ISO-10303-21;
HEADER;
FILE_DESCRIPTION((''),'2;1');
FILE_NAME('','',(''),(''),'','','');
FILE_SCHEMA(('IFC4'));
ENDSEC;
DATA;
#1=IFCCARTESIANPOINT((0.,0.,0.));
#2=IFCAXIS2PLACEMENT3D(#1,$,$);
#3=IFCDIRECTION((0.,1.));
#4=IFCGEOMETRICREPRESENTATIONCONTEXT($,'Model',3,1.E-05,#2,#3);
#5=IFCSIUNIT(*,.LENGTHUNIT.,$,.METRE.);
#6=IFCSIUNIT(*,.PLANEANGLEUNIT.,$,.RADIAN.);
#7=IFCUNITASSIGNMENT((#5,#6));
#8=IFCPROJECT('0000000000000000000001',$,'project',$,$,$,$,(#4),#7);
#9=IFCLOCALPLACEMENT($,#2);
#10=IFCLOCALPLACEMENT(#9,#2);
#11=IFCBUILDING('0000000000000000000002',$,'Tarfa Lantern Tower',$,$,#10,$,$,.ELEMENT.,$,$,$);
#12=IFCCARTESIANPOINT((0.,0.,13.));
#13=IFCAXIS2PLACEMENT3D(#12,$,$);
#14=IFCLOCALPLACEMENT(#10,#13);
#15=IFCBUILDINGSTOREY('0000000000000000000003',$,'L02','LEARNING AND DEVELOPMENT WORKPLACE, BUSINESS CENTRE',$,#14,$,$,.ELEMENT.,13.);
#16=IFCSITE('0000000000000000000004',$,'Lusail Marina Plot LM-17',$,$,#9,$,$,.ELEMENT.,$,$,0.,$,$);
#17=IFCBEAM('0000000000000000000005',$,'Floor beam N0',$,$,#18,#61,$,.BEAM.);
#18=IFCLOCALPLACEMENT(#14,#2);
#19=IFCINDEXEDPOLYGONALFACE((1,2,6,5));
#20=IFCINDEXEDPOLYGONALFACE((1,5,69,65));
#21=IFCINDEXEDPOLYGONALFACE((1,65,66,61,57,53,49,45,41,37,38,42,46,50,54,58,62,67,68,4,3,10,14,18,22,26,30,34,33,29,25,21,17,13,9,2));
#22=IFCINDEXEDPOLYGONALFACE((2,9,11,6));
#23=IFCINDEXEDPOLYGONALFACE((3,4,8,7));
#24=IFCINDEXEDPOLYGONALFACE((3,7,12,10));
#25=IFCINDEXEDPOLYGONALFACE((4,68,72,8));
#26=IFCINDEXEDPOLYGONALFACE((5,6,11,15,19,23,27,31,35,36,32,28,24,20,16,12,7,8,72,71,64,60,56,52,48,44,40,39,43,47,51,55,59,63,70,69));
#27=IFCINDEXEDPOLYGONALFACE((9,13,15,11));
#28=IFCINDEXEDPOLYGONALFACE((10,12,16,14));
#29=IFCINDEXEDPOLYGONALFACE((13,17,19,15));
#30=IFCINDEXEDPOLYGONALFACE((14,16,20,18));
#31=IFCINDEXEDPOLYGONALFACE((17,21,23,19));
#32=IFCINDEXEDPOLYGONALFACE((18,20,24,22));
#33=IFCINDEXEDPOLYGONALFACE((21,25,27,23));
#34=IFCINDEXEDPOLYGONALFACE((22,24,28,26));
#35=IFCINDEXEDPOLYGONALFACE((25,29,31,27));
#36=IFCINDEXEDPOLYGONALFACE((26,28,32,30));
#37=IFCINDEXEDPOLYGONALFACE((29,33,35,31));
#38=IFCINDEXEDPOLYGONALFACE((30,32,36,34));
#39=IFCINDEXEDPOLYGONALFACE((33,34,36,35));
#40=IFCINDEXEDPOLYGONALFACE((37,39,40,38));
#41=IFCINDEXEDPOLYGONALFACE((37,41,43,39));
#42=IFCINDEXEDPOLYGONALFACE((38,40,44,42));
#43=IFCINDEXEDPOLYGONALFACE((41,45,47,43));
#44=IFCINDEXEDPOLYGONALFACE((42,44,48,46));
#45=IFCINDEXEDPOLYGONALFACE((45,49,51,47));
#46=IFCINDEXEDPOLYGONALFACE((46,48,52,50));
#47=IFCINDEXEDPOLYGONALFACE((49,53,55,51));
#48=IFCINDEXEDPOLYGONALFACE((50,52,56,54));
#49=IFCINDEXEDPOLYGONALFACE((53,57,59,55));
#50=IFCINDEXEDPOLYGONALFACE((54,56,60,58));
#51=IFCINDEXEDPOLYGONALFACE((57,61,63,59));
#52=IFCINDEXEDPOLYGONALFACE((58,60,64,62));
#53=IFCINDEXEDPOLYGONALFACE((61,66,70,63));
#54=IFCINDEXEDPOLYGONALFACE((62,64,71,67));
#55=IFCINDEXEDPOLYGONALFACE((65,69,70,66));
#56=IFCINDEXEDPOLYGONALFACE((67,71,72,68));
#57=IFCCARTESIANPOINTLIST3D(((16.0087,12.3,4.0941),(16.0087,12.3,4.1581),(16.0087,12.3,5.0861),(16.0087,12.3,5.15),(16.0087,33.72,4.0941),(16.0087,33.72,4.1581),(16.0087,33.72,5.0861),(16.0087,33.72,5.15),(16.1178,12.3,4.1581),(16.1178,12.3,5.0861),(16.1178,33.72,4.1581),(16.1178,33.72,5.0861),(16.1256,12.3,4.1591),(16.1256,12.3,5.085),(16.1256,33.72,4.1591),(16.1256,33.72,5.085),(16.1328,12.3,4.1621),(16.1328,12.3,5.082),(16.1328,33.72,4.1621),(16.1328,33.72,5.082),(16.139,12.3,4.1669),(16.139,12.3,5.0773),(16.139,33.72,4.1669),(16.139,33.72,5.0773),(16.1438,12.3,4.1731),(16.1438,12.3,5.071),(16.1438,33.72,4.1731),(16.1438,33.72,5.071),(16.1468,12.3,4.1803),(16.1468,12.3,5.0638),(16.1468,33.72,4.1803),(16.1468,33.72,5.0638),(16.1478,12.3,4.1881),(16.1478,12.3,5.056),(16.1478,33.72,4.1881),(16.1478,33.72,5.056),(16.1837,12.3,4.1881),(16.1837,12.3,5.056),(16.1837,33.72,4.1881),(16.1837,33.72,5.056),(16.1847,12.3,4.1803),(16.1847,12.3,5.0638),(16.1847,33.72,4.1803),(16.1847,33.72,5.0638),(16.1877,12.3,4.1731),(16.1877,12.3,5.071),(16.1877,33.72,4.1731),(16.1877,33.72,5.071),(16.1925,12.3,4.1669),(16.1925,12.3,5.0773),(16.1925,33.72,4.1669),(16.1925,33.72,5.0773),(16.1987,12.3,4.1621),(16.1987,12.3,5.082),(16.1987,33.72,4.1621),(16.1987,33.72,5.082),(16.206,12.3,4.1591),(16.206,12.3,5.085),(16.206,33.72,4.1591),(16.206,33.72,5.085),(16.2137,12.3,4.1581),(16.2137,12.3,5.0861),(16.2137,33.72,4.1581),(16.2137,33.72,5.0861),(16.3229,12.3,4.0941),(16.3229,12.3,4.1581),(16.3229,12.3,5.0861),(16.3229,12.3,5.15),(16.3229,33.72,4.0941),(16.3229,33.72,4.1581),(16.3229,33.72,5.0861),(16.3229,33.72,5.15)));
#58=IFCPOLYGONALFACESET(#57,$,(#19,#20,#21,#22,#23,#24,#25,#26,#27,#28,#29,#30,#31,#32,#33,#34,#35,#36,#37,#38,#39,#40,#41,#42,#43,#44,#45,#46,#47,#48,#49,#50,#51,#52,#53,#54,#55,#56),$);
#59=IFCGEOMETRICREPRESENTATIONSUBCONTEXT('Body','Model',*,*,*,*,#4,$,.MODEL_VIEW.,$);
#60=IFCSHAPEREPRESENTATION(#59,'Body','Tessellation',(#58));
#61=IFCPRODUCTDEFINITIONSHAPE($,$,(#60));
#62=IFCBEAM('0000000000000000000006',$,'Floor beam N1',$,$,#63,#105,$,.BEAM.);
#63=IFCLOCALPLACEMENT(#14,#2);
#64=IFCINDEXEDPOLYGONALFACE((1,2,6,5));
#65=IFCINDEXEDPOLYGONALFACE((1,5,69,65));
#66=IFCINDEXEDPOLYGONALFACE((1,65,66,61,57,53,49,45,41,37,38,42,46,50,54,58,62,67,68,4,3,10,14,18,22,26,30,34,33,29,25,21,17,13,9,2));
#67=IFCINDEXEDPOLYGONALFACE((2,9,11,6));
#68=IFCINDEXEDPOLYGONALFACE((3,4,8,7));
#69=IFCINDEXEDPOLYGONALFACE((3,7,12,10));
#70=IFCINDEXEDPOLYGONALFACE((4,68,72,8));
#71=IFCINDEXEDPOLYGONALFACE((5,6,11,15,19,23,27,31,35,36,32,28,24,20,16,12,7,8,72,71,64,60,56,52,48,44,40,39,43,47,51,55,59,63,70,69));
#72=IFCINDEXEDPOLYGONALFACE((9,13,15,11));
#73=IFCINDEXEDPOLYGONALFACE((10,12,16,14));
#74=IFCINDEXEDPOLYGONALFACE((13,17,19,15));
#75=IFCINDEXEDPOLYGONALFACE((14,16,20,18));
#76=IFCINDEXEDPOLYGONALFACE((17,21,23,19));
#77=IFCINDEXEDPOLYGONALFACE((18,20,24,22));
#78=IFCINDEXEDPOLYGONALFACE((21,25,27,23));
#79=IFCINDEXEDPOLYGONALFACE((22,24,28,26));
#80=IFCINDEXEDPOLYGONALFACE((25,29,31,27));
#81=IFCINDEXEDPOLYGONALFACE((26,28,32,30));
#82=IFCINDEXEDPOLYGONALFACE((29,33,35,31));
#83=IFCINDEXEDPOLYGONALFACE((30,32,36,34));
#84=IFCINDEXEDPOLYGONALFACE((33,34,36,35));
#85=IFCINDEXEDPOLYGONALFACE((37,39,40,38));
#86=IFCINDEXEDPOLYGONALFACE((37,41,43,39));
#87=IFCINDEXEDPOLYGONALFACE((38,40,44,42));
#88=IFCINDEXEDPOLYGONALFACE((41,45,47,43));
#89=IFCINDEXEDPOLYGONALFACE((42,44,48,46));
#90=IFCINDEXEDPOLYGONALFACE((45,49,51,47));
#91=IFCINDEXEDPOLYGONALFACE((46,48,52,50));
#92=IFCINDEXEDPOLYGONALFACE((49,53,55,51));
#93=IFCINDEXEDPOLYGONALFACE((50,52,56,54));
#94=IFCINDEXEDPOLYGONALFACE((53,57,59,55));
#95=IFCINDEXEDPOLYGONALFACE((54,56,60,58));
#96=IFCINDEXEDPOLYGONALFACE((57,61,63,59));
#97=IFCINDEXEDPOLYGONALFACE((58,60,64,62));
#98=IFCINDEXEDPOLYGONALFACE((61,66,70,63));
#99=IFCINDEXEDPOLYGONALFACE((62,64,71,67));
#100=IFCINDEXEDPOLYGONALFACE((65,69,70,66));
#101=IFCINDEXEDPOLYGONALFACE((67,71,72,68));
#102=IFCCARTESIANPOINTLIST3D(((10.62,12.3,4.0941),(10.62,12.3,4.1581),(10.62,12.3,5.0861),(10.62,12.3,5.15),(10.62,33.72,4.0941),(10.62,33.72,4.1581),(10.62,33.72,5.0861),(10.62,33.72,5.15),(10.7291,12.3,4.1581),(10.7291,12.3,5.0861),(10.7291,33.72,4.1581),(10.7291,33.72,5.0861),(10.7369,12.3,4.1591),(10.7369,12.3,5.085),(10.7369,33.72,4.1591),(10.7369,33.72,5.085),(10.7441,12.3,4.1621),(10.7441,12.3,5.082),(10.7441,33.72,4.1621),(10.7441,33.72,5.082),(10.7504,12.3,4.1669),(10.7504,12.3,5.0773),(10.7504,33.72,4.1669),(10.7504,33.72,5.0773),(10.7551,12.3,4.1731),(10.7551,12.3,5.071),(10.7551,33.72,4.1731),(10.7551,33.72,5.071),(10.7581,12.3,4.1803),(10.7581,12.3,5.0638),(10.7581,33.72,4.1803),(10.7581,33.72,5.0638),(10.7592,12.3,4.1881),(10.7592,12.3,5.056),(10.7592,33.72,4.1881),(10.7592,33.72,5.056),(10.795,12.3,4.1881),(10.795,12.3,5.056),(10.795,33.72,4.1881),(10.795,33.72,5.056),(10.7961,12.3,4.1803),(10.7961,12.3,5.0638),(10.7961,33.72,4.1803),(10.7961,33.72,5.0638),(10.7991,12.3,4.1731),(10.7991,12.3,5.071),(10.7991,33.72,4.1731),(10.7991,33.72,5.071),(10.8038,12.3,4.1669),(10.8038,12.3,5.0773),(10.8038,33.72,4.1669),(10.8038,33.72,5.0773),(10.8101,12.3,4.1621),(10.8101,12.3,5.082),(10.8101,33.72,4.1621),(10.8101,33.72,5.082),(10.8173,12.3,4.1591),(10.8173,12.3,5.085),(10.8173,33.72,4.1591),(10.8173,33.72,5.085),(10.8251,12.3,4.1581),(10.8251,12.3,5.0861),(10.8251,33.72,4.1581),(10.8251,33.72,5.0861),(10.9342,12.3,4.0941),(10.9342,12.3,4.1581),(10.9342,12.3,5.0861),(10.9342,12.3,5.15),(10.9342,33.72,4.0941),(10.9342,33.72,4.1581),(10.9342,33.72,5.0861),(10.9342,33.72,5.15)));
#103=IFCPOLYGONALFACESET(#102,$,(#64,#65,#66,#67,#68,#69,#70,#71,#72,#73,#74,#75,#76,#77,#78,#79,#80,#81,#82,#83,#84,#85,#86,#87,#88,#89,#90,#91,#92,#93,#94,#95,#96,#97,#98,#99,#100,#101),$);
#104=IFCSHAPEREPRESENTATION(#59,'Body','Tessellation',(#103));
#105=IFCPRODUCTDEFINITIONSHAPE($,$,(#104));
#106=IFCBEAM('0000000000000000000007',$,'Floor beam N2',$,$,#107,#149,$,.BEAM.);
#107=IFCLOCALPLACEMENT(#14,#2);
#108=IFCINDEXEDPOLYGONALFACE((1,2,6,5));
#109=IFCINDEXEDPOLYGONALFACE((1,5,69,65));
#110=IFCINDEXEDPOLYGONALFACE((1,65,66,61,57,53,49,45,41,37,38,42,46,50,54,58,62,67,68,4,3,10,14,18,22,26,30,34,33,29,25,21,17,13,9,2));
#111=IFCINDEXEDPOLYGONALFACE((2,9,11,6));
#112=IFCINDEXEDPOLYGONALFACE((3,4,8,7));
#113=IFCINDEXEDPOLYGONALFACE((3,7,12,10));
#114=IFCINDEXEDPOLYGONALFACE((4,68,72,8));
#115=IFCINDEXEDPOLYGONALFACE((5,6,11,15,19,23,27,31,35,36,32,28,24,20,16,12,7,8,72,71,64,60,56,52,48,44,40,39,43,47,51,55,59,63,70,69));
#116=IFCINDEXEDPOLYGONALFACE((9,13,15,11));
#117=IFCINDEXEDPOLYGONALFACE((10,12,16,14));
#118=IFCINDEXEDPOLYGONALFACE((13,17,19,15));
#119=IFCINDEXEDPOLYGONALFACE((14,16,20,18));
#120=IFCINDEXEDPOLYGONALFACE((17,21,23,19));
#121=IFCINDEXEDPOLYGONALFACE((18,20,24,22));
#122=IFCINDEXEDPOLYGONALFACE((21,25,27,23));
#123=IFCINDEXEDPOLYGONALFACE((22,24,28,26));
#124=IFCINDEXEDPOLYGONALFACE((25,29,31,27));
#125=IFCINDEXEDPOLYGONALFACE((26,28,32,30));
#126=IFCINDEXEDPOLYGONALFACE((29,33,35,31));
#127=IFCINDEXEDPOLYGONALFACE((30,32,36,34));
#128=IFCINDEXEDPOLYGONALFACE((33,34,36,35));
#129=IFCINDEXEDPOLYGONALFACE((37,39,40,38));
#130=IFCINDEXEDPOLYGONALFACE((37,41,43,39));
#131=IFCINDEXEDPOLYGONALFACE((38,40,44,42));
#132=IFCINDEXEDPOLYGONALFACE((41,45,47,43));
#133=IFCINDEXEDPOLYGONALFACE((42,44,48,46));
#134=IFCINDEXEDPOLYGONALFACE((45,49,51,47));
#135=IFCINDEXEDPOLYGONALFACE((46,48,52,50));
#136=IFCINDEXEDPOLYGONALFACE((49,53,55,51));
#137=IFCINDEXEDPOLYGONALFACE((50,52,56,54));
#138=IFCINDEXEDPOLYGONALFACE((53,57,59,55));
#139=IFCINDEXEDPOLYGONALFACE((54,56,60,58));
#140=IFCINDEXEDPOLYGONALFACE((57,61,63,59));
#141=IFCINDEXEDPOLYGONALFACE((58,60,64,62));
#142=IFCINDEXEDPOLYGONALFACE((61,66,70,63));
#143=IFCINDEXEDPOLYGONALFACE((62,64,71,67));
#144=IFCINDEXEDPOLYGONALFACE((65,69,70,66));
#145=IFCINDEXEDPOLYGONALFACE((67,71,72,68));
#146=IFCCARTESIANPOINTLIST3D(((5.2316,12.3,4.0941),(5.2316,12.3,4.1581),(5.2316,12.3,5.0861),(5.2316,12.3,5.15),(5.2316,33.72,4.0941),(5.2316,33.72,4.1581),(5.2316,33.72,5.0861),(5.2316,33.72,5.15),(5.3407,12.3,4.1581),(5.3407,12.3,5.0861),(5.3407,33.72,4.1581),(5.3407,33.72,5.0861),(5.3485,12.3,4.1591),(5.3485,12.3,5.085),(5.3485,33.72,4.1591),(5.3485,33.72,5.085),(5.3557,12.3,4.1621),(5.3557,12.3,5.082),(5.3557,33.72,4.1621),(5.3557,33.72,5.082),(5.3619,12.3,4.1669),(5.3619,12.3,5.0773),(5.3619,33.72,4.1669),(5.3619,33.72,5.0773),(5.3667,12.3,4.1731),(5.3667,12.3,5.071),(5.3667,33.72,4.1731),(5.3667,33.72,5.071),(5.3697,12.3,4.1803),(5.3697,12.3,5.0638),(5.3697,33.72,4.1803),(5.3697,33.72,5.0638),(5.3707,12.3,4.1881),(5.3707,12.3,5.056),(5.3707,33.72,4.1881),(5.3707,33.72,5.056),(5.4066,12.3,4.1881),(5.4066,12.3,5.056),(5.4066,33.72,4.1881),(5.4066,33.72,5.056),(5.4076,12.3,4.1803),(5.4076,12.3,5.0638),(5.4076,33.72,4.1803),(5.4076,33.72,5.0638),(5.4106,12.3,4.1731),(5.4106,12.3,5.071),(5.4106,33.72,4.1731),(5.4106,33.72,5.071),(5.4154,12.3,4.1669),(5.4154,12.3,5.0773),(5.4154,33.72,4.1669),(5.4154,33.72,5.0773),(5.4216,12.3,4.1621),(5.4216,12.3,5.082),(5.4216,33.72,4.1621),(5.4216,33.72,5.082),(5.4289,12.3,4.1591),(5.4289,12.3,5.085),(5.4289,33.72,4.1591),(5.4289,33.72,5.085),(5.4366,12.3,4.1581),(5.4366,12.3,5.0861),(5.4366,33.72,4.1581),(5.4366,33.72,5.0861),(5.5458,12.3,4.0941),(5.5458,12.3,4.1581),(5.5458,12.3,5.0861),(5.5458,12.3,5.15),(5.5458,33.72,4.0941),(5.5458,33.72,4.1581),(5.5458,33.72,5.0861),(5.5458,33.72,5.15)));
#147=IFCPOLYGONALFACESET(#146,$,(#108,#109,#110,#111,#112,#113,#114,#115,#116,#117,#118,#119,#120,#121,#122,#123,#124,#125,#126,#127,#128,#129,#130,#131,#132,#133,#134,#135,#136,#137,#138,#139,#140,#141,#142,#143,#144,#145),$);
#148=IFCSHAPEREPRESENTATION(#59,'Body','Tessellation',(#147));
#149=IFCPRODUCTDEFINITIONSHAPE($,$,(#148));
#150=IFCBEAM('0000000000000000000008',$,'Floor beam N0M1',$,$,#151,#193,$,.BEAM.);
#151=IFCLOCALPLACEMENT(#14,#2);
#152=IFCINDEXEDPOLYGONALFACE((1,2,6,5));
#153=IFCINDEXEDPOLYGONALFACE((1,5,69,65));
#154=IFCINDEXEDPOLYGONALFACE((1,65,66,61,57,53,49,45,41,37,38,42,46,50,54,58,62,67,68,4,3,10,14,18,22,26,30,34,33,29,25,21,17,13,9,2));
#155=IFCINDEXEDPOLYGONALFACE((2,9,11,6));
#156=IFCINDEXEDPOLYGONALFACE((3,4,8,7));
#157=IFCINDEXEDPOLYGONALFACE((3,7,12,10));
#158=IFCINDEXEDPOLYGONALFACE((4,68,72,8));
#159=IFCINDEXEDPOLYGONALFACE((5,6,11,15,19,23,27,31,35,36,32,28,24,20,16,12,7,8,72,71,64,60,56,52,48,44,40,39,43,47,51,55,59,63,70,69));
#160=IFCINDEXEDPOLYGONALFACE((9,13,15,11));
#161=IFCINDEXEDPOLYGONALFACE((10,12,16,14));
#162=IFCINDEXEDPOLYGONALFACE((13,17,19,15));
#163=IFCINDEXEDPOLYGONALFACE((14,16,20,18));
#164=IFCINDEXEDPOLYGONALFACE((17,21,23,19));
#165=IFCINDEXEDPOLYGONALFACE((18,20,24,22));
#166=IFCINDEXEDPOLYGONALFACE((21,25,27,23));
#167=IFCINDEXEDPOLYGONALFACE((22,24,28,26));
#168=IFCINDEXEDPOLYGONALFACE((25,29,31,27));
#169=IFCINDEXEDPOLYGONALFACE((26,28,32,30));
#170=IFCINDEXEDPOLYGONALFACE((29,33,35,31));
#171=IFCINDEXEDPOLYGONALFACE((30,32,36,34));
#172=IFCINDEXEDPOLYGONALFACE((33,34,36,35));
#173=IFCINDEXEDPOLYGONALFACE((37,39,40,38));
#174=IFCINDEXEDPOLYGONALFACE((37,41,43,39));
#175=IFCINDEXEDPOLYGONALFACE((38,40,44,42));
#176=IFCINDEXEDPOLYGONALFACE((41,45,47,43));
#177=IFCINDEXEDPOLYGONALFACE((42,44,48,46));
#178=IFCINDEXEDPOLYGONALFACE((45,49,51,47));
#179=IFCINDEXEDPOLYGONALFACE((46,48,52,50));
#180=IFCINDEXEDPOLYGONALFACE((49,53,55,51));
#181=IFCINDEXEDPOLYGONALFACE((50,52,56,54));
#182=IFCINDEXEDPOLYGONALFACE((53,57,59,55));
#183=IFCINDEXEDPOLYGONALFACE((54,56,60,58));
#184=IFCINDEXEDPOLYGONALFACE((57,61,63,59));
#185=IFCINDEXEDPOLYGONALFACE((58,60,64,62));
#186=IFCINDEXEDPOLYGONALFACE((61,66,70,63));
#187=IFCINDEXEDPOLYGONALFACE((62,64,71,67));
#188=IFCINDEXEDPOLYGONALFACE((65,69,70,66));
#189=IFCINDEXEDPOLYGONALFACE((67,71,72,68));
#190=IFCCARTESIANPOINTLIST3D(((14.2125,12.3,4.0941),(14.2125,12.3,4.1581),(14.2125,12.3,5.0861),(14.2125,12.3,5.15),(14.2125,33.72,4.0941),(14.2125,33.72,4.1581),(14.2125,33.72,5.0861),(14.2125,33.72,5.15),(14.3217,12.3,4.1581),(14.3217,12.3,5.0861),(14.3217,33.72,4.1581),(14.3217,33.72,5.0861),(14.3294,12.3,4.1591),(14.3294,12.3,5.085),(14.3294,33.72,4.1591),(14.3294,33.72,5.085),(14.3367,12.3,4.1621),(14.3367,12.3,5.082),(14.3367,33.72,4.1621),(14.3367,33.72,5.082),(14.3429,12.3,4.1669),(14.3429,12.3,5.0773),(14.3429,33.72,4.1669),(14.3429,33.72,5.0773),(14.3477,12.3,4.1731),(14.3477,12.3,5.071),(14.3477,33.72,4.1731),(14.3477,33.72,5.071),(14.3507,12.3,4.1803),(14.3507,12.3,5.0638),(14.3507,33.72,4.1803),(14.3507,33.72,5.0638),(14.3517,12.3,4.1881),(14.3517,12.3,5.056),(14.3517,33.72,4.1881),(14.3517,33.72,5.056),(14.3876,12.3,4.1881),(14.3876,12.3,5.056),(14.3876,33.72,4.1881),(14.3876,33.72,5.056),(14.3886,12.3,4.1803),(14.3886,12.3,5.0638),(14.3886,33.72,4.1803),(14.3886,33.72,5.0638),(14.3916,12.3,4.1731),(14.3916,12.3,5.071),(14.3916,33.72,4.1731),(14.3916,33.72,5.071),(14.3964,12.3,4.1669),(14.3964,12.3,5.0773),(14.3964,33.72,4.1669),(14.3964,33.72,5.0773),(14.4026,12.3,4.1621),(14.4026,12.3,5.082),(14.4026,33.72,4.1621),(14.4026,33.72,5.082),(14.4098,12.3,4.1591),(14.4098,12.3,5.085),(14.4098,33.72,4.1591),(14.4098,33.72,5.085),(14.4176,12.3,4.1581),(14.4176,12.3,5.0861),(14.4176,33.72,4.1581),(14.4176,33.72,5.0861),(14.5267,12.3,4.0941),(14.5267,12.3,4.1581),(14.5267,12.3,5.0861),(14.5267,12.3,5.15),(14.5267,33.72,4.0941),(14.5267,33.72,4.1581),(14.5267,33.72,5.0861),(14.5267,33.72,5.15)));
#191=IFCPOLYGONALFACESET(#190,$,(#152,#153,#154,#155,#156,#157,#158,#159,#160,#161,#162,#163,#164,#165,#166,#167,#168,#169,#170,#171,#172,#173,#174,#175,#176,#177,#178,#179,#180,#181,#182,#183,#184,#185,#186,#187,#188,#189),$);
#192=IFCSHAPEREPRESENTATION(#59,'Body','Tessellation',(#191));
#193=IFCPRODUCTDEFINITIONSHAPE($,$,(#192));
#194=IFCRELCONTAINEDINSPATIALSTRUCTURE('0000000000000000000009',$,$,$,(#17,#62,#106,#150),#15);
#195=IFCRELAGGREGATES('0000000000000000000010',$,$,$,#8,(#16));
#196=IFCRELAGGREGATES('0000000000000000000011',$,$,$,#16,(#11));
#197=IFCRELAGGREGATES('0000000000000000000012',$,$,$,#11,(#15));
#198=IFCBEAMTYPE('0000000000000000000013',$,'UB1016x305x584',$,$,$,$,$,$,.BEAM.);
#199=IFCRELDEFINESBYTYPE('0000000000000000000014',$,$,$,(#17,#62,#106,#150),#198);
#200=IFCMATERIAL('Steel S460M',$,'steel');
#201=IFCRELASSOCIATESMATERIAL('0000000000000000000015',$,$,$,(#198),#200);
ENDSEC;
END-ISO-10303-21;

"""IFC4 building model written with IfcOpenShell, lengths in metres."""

from ifc_helpers import new_model, si_unit, direction, frame, origin, origin_2d, place, context, subcontext, project, spatial, i_section, extrude, material, material_profile, profile_set, type_object, element, save


model = new_model("IFC4")

# Units and contexts
model_context = context("Model", 3, precision=1e-05, world=origin(), true_north=direction((0.0, 1.0)))
body_context = subcontext(model_context, "Body", "Model", "MODEL_VIEW")
ifc_project = project(units=[si_unit("LENGTHUNIT", "METRE"), si_unit("PLANEANGLEUNIT", "RADIAN")], contexts=[model_context])

# Site, building, storey
site_placement = place(None, origin())
site = spatial("IfcSite", under=ifc_project, at=site_placement, Name="Lusail Marina Plot LM-17", CompositionType="ELEMENT", RefElevation=0.0)
building_placement = place(site_placement, origin())
building = spatial("IfcBuilding", under=site, at=building_placement, Name="Tarfa Lantern Tower", CompositionType="ELEMENT")
storey_placement = place(building_placement, frame((0.0, 0.0, 13.0)))
storey = spatial("IfcBuildingStorey", under=building, at=storey_placement, Name="L02", Description="LEARNING AND DEVELOPMENT WORKPLACE, BUSINESS CENTRE", CompositionType="ELEMENT", Elevation=13.0)

# Beams
ifc_material_1 = material(Name="Steel S460M", Category="steel")
ifc_material_profile_1 = material_profile(ifc_material_1, i_section(OverallWidth=0.3142, OverallDepth=1.0559, WebThickness=0.0359, FlangeThickness=0.064, FilletRadius=0.03, at=origin_2d()), Name="UB1016x305x584")
ifc_profile_set_1 = profile_set([ifc_material_profile_1], Name="Steel S460M")
beam_type_1 = type_object("IfcBeamType", Name="UB1016x305x584", PredefinedType="BEAM", material=ifc_profile_set_1)
for number, where, z_axis, x_axis, name in (
    (1, (16.1658, 33.72, 4.6221), (0.0, -1.0, 0.0), (1.0, 0.0, 0.0), "Floor beam N0"),
    (2, (10.7771, 33.72, 4.6221), (0.0, -1.0, 0.0), (1.0, 0.0, 0.0), "Floor beam N1"),
    (3, (5.3887, 33.72, 4.6221), (0.0, -1.0, 0.0), (1.0, 0.0, 0.0), "Floor beam N2"),
    (4, (14.3696, 33.72, 4.6221), (0.0, -1.0, 0.0), (1.0, 0.0, 0.0), "Floor beam N0M1"),
):
    element("IfcBeam", number, at=place(storey_placement, frame(where, z_axis=z_axis, x_axis=x_axis)), inside=storey, type_object=beam_type_1, Name=name, PredefinedType="BEAM", context=body_context, shape_type="SweptSolid", body=[
        extrude(i_section(OverallWidth=0.3142, OverallDepth=1.0559, WebThickness=0.0359, FlangeThickness=0.064, FilletRadius=0.03, at=origin_2d()), origin(), (0.0, 0.0, 1.0), 21.4199),
    ])

save(model, "model.ifc")
